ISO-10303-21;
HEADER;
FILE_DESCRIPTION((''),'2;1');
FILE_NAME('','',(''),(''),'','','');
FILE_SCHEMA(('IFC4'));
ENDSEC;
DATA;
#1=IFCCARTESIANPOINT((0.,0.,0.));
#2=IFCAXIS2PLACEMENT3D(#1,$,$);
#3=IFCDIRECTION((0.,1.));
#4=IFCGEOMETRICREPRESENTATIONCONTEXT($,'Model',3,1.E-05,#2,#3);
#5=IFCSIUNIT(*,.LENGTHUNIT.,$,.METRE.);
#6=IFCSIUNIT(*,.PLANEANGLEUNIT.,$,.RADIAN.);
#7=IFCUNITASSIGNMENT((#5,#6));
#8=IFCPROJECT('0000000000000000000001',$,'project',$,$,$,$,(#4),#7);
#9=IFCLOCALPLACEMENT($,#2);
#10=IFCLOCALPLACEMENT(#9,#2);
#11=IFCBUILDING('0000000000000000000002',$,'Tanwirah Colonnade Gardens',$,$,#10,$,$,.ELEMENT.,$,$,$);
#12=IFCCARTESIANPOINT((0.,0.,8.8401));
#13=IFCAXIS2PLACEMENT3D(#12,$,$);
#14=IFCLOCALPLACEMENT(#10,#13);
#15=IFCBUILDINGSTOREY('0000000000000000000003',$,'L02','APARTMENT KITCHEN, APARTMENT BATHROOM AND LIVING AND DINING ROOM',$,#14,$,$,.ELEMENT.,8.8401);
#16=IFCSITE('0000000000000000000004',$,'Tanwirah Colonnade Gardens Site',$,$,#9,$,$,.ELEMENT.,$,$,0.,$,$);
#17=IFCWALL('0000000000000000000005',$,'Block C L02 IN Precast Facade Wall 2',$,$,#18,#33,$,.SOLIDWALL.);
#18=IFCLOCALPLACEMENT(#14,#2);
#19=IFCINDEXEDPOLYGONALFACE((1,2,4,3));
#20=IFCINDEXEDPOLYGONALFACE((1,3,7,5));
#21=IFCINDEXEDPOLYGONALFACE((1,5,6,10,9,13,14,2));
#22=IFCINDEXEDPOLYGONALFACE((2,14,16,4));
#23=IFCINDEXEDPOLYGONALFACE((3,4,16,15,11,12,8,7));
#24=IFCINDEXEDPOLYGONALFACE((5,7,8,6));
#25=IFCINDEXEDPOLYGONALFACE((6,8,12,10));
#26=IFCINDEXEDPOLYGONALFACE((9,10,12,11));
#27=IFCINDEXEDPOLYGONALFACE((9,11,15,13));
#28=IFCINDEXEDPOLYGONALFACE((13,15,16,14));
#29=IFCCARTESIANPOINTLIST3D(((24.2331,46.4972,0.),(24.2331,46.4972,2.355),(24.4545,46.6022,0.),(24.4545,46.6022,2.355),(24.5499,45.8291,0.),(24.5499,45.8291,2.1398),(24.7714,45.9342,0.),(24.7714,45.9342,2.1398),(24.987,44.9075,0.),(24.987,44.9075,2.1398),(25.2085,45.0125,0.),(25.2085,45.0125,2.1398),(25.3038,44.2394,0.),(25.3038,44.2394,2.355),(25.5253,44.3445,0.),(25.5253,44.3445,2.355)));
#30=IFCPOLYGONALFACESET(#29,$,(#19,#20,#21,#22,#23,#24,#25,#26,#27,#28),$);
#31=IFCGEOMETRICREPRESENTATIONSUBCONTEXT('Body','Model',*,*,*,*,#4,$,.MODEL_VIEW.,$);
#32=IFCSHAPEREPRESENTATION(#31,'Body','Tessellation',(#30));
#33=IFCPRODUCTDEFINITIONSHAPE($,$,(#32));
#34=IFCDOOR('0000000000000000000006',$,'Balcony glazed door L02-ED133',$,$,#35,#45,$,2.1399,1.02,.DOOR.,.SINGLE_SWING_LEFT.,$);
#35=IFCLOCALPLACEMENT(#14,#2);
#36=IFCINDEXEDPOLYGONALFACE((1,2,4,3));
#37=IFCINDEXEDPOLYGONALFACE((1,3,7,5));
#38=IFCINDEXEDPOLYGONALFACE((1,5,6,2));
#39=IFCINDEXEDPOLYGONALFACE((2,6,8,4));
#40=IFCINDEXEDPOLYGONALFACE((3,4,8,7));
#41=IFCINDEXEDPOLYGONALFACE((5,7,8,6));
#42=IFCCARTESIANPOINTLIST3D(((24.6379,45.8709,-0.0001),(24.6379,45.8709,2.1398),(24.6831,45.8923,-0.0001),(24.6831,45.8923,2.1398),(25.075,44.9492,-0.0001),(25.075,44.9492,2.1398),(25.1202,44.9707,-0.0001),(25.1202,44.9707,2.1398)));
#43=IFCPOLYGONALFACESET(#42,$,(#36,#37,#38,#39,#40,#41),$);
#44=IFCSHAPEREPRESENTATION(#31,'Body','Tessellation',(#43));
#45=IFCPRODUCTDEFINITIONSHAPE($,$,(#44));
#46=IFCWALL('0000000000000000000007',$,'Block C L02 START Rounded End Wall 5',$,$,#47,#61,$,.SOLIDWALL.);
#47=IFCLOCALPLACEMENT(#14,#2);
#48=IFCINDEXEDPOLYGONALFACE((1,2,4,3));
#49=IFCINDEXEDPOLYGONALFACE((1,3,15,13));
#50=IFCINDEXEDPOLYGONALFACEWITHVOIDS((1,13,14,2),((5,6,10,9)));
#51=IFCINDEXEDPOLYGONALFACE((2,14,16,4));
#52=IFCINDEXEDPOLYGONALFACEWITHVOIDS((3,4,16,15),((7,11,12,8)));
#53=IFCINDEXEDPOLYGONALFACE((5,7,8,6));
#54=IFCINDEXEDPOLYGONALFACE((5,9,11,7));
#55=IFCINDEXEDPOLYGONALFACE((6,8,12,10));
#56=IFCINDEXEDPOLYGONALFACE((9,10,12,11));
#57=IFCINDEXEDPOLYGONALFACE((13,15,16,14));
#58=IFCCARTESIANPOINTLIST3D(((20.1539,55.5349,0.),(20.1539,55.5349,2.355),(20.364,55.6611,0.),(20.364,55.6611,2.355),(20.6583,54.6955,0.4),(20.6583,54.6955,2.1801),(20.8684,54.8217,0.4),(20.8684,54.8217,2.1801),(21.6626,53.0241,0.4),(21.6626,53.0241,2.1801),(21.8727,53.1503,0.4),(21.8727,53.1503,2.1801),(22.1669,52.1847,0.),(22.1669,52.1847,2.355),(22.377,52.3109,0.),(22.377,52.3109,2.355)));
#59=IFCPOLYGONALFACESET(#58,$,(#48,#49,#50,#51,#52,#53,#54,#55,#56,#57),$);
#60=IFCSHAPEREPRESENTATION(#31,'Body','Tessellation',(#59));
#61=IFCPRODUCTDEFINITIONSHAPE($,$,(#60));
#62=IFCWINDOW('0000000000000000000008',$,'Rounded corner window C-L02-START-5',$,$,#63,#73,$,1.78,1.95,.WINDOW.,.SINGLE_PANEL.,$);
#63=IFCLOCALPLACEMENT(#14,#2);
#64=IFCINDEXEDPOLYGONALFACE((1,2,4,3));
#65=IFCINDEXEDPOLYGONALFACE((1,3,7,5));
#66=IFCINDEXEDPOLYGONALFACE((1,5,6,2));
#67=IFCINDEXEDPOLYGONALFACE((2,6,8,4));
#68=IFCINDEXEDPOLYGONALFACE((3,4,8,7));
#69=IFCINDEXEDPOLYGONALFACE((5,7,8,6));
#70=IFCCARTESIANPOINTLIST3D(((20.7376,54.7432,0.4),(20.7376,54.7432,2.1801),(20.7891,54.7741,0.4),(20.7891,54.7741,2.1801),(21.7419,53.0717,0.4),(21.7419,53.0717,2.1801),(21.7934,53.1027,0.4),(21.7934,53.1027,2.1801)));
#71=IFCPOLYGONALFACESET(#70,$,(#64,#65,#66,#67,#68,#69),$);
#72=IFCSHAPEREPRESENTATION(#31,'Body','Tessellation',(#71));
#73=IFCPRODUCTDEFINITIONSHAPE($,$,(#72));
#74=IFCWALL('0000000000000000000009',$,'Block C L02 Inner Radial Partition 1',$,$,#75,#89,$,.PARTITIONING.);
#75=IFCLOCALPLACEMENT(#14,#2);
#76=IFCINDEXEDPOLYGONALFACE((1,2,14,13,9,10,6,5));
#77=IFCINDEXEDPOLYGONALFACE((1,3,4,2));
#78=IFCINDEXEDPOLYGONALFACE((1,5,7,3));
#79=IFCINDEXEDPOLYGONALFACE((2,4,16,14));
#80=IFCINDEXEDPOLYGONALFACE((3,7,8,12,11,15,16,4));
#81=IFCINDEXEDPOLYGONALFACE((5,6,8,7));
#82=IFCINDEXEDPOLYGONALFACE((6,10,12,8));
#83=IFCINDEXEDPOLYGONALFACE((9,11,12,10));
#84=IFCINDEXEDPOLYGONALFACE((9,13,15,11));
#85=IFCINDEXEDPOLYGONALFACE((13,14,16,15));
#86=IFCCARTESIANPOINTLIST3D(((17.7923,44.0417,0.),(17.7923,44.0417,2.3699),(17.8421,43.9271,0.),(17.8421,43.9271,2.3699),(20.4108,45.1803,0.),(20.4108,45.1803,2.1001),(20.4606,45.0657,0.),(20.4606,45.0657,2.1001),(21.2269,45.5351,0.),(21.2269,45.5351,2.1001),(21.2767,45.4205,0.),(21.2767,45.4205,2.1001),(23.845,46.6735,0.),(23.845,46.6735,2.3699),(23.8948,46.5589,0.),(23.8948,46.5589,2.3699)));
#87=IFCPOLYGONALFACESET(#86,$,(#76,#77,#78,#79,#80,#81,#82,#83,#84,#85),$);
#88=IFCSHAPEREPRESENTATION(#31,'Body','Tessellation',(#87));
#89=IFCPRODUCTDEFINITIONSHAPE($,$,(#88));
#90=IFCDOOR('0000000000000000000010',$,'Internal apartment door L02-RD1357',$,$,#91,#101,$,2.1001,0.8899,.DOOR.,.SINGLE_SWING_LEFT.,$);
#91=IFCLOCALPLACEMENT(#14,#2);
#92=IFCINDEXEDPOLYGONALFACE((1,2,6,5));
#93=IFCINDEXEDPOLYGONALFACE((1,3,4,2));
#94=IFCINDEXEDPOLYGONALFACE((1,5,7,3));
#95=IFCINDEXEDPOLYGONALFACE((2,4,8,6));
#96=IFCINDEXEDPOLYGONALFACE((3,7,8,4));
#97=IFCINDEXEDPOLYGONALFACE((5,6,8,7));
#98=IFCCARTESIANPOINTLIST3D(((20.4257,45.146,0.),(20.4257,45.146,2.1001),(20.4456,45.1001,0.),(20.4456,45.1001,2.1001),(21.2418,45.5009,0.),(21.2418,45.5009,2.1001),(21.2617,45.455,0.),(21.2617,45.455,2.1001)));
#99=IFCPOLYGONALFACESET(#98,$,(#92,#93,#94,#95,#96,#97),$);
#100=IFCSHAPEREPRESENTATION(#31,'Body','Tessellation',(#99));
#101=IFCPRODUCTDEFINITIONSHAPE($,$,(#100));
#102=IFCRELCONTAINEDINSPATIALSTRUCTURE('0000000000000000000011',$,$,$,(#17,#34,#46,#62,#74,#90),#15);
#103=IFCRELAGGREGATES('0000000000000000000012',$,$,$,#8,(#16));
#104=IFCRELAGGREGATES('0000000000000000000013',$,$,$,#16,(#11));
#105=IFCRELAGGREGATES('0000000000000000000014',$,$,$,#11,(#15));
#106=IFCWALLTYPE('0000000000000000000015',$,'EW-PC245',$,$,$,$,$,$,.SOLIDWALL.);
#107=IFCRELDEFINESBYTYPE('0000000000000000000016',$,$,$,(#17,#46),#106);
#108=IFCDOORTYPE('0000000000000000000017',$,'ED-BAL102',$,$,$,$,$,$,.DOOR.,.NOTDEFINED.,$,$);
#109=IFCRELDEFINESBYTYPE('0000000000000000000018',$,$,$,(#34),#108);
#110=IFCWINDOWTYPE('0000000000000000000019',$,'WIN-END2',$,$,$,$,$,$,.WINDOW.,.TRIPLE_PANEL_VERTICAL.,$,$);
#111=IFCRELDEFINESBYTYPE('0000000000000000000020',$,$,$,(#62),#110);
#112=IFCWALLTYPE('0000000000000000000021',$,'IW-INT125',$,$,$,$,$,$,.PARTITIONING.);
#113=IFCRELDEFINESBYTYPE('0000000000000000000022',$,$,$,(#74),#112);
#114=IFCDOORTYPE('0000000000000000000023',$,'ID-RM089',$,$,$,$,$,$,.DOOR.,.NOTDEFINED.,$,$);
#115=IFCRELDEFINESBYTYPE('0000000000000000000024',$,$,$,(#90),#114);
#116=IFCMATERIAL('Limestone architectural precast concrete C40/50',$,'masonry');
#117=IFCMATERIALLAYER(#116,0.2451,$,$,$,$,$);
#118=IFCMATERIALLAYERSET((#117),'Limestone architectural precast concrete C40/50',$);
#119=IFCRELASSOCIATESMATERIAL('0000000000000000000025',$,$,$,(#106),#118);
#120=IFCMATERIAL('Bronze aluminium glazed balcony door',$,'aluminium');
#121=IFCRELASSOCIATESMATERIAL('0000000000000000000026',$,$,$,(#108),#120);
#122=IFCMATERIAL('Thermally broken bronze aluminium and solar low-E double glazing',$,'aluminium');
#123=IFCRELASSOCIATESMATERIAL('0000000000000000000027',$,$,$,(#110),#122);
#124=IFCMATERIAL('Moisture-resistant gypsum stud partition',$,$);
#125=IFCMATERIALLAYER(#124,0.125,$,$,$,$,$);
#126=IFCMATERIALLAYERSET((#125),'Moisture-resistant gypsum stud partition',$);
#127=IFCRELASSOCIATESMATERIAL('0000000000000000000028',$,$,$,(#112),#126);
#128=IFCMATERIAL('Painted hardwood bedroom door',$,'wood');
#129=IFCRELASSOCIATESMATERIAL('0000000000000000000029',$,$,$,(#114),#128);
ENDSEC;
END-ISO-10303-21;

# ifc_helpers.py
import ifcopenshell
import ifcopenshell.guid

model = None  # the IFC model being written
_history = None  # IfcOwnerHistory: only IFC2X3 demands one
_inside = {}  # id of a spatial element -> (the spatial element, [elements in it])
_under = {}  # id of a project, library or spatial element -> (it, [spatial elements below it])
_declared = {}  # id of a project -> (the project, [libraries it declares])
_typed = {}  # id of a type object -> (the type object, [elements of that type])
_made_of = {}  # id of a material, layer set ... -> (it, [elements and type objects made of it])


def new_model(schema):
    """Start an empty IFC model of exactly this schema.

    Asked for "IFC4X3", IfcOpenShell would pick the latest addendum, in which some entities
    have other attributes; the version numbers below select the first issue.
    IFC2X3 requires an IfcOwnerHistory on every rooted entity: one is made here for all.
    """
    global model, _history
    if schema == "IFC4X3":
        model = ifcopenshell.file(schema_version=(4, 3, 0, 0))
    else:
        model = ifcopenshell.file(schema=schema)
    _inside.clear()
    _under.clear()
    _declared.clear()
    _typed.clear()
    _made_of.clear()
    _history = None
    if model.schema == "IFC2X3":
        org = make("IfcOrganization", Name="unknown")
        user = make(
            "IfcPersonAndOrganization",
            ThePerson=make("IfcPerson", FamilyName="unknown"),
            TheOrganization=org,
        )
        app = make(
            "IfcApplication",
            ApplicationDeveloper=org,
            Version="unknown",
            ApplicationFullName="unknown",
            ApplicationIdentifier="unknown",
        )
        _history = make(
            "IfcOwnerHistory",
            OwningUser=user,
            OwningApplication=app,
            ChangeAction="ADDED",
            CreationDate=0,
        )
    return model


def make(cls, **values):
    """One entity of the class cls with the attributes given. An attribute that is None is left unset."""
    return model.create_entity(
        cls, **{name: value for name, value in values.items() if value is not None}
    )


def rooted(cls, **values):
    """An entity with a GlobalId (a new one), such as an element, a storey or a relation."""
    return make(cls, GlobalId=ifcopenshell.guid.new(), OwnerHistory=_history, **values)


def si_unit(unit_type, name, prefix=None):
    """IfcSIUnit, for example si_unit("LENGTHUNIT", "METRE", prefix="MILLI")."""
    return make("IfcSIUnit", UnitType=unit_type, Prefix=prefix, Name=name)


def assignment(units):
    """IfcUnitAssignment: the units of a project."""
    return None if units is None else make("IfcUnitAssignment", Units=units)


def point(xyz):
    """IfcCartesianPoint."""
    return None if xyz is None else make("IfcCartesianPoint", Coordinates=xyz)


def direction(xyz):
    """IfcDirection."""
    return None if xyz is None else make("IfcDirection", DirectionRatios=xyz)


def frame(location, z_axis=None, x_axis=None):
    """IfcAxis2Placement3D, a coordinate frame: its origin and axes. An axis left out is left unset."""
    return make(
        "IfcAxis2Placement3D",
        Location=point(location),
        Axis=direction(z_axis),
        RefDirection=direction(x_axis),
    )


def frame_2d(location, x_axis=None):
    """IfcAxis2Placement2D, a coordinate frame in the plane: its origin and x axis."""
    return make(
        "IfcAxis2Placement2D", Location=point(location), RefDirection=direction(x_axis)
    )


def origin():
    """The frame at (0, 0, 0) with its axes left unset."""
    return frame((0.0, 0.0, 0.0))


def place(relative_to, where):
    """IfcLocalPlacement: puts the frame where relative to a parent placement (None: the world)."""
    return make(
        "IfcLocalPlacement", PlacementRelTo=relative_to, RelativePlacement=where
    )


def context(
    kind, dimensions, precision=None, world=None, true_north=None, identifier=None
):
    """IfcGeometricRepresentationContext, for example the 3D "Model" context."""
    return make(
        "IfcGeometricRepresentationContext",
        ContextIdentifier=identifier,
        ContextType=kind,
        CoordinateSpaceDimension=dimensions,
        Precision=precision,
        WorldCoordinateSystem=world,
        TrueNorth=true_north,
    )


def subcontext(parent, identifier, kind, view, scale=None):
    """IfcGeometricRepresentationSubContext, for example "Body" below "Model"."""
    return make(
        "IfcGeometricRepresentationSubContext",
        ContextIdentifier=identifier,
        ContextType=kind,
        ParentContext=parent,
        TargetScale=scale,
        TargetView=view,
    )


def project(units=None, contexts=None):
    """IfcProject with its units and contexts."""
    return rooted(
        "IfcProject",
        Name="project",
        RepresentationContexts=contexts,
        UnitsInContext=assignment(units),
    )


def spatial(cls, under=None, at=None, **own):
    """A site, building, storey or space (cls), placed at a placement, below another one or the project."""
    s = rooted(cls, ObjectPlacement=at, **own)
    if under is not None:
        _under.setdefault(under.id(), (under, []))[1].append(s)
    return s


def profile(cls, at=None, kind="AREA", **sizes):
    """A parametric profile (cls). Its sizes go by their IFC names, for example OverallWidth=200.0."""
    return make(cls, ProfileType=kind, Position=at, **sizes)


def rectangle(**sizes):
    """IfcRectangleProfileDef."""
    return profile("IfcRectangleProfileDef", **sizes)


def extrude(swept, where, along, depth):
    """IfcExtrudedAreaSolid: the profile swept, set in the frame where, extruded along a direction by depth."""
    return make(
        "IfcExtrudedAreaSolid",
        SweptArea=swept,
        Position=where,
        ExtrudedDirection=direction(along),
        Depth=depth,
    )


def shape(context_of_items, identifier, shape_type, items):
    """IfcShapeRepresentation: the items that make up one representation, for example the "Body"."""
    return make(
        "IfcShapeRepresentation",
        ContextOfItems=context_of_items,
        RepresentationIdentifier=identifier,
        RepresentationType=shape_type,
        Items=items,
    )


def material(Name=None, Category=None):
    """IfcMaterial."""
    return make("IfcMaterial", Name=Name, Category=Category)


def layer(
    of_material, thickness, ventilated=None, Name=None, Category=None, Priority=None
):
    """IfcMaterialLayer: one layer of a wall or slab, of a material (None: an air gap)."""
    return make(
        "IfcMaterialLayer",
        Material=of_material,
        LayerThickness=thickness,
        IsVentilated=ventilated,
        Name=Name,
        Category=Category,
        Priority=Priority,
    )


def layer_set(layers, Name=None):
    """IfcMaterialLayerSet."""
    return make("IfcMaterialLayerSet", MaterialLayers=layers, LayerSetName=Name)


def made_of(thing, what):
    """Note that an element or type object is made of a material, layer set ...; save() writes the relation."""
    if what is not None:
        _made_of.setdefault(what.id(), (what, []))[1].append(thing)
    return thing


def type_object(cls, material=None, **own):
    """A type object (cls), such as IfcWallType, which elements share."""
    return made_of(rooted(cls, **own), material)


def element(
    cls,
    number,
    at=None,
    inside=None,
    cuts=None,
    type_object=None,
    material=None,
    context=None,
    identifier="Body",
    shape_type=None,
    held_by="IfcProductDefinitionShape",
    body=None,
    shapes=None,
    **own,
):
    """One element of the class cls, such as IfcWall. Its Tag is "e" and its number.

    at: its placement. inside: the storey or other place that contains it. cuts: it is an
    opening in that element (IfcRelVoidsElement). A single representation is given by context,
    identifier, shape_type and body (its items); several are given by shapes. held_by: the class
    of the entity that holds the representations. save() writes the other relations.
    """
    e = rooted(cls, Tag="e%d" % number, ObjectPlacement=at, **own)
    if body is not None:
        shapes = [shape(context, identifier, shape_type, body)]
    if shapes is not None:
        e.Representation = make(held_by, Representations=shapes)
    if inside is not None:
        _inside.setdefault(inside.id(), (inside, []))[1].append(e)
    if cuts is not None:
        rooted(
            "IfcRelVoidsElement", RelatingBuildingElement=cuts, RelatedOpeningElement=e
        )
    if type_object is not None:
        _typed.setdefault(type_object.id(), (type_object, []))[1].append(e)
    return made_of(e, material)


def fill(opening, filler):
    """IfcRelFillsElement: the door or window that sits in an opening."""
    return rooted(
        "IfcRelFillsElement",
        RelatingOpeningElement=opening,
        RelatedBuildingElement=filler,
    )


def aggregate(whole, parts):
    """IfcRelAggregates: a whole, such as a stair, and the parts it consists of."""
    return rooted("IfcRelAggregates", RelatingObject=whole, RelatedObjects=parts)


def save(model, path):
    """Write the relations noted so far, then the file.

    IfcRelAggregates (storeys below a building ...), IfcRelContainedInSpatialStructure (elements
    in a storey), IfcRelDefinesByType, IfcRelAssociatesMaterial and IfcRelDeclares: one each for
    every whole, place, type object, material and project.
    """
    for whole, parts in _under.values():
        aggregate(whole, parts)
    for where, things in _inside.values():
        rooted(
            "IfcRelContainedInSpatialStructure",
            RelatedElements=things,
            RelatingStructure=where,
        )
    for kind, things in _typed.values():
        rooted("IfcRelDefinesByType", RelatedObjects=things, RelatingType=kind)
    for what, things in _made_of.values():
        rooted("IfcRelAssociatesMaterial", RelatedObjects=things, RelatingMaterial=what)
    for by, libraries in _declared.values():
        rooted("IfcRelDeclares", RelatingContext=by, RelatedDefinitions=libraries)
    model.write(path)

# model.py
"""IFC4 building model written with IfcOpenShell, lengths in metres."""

from ifc_helpers import new_model, si_unit, direction, frame, frame_2d, origin, place, context, subcontext, project, spatial, rectangle, extrude, material, layer, layer_set, type_object, element, fill, save


model = new_model("IFC4")

# Units and contexts
model_context = context("Model", 3, precision=1e-05, world=origin(), true_north=direction((0.0, 1.0)))
body_context = subcontext(model_context, "Body", "Model", "MODEL_VIEW")
ifc_project = project(units=[si_unit("LENGTHUNIT", "METRE"), si_unit("PLANEANGLEUNIT", "RADIAN")], contexts=[model_context])

# Site, building, storey
site_placement = place(None, origin())
site = spatial("IfcSite", under=ifc_project, at=site_placement, Name="Tanwirah Colonnade Gardens Site", CompositionType="ELEMENT", RefElevation=0.0)
building_placement = place(site_placement, origin())
building = spatial("IfcBuilding", under=site, at=building_placement, Name="Tanwirah Colonnade Gardens", CompositionType="ELEMENT")
storey_placement = place(building_placement, frame((0.0, 0.0, 8.8401)))
storey = spatial("IfcBuildingStorey", under=building, at=storey_placement, Name="L02", Description="APARTMENT KITCHEN, APARTMENT BATHROOM AND LIVING AND DINING ROOM", CompositionType="ELEMENT", Elevation=8.8401)

# Shared definitions
ifc_material_1 = material(Name="Limestone architectural precast concrete C40/50", Category="masonry")
ifc_layer_1 = layer(ifc_material_1, 0.2451)
ifc_layer_set_1 = layer_set([ifc_layer_1], Name="Limestone architectural precast concrete C40/50")
wall_type_1 = type_object("IfcWallType", Name="EW-PC245", PredefinedType="SOLIDWALL", material=ifc_layer_set_1)
ifc_material_2 = material(Name="Thermally broken bronze aluminium and solar low-E double glazing", Category="aluminium")

# Wall, opening, door
wall_1_placement = place(storey_placement, frame((24.3438, 46.5498, 0.0), z_axis=(0.0, 0.0, 1.0), x_axis=(0.428515, -0.903535, 0.0)))
wall_1 = element("IfcWall", 1, at=wall_1_placement, inside=storey, type_object=wall_type_1, Name="Block C L02 IN Precast Facade Wall 2", PredefinedType="SOLIDWALL", context=body_context, shape_type="SweptSolid", body=[
    extrude(rectangle(XDim=2.4988, YDim=0.2451, at=frame_2d((1.2495, 0.0))), origin(), (0.0, 0.0, 1.0), 2.355),
])
opening_1_placement = place(wall_1_placement, frame((0.7395, 0.0, 0.0)))
opening_1 = element("IfcOpeningElement", 2, at=opening_1_placement, cuts=wall_1, PredefinedType="OPENING", context=body_context, shape_type="SweptSolid", body=[
    extrude(rectangle(XDim=1.02, YDim=2.1399, at=frame_2d((0.51, 1.0698))), frame((0.0, 0.1326, 0.0), z_axis=(0.0, -1.0, 0.0), x_axis=(1.0, 0.0, 0.0)), (0.0, 0.0, 1.0), 0.2651),
])
ifc_material_3 = material(Name="Bronze aluminium glazed balcony door", Category="aluminium")
door_type_1 = type_object("IfcDoorType", Name="ED-BAL102", OperationType="NOTDEFINED", PredefinedType="DOOR", material=ifc_material_3)
door_1_placement = place(opening_1_placement, origin())
door_1 = element("IfcDoor", 3, at=door_1_placement, inside=storey, type_object=door_type_1, Name="Balcony glazed door L02-ED133", OperationType="SINGLE_SWING_LEFT", OverallHeight=2.1399, OverallWidth=1.02, PredefinedType="DOOR", context=body_context, shape_type="SweptSolid", body=[
    extrude(rectangle(XDim=1.02, YDim=2.1399, at=frame_2d((0.51, 1.0698))), frame((0.0, 0.0249, 0.0), z_axis=(0.0, -1.0, 0.0), x_axis=(1.0, 0.0, 0.0)), (0.0, 0.0, 1.0), 0.05),
])
fill(opening_1, door_1)

# Wall, opening, window
wall_2_placement = place(storey_placement, frame((20.259, 55.5979, 0.0), z_axis=(0.0, 0.0, 1.0), x_axis=(0.515038, -0.857168, 0.0)))
wall_2 = element("IfcWall", 4, at=wall_2_placement, inside=storey, type_object=wall_type_1, Name="Block C L02 START Rounded End Wall 5", PredefinedType="SOLIDWALL", context=body_context, shape_type="SweptSolid", body=[
    extrude(rectangle(XDim=3.9084, YDim=0.2451, at=frame_2d((1.9541, 0.0))), origin(), (0.0, 0.0, 1.0), 2.355),
])
opening_2_placement = place(wall_2_placement, frame((0.979, 0.0, 0.3999)))
opening_2 = element("IfcOpeningElement", 5, at=opening_2_placement, cuts=wall_2, PredefinedType="OPENING", context=body_context, shape_type="SweptSolid", body=[
    extrude(rectangle(XDim=1.95, YDim=1.78, at=frame_2d((0.9751, 0.8901))), frame((0.0, 0.1326, 0.0), z_axis=(0.0, -1.0, 0.0), x_axis=(1.0, 0.0, 0.0)), (0.0, 0.0, 1.0), 0.2651),
])
window_type_1 = type_object("IfcWindowType", Name="WIN-END2", PartitioningType="TRIPLE_PANEL_VERTICAL", PredefinedType="WINDOW", material=ifc_material_2)
window_1_placement = place(opening_2_placement, origin())
window_1 = element("IfcWindow", 6, at=window_1_placement, inside=storey, type_object=window_type_1, Name="Rounded corner window C-L02-START-5", OverallHeight=1.78, OverallWidth=1.95, PartitioningType="SINGLE_PANEL", PredefinedType="WINDOW", context=body_context, shape_type="SweptSolid", body=[
    extrude(rectangle(XDim=1.95, YDim=1.78, at=frame_2d((0.9751, 0.8901))), frame((0.0, 0.03, 0.0), z_axis=(0.0, -1.0, 0.0), x_axis=(1.0, 0.0, 0.0)), (0.0, 0.0, 1.0), 0.0601),
])
fill(opening_2, window_1)

# Wall, opening, door
ifc_material_4 = material(Name="Moisture-resistant gypsum stud partition")
ifc_layer_2 = layer(ifc_material_4, 0.125)
ifc_layer_set_2 = layer_set([ifc_layer_2], Name="Moisture-resistant gypsum stud partition")
wall_type_2 = type_object("IfcWallType", Name="IW-INT125", PredefinedType="PARTITIONING", material=ifc_layer_set_2)
wall_3_placement = place(storey_placement, frame((23.8699, 46.6162, 0.0), z_axis=(0.0, 0.0, 1.0), x_axis=(-0.917058, -0.398753, 0.0)))
wall_3 = element("IfcWall", 7, at=wall_3_placement, inside=storey, type_object=wall_type_2, Name="Block C L02 Inner Radial Partition 1", PredefinedType="PARTITIONING", context=body_context, shape_type="SweptSolid", body=[
    extrude(rectangle(XDim=6.6001, YDim=0.125, at=frame_2d((3.3, 0.0))), origin(), (0.0, 0.0, 1.0), 2.3699),
])
opening_3_placement = place(wall_3_placement, frame((2.855, 0.0, 0.0)))
opening_3 = element("IfcOpeningElement", 8, at=opening_3_placement, cuts=wall_3, PredefinedType="OPENING", context=body_context, shape_type="SweptSolid", body=[
    extrude(rectangle(XDim=0.8899, YDim=2.1001, at=frame_2d((0.4448, 1.05))), frame((0.0, 0.0725, 0.0), z_axis=(0.0, -1.0, 0.0), x_axis=(1.0, 0.0, 0.0)), (0.0, 0.0, 1.0), 0.145),
])
ifc_material_5 = material(Name="Painted hardwood bedroom door", Category="wood")
door_type_2 = type_object("IfcDoorType", Name="ID-RM089", OperationType="NOTDEFINED", PredefinedType="DOOR", material=ifc_material_5)
door_2_placement = place(opening_3_placement, origin())
door_2 = element("IfcDoor", 9, at=door_2_placement, inside=storey, type_object=door_type_2, Name="Internal apartment door L02-RD1357", OperationType="SINGLE_SWING_LEFT", OverallHeight=2.1001, OverallWidth=0.8899, PredefinedType="DOOR", context=body_context, shape_type="SweptSolid", body=[
    extrude(rectangle(XDim=0.8899, YDim=2.1001, at=frame_2d((0.4448, 1.05))), frame((0.0, 0.0249, 0.0), z_axis=(0.0, -1.0, 0.0), x_axis=(1.0, 0.0, 0.0)), (0.0, 0.0, 1.0), 0.05),
])
fill(opening_3, door_2)

save(model, "model.ifc")
